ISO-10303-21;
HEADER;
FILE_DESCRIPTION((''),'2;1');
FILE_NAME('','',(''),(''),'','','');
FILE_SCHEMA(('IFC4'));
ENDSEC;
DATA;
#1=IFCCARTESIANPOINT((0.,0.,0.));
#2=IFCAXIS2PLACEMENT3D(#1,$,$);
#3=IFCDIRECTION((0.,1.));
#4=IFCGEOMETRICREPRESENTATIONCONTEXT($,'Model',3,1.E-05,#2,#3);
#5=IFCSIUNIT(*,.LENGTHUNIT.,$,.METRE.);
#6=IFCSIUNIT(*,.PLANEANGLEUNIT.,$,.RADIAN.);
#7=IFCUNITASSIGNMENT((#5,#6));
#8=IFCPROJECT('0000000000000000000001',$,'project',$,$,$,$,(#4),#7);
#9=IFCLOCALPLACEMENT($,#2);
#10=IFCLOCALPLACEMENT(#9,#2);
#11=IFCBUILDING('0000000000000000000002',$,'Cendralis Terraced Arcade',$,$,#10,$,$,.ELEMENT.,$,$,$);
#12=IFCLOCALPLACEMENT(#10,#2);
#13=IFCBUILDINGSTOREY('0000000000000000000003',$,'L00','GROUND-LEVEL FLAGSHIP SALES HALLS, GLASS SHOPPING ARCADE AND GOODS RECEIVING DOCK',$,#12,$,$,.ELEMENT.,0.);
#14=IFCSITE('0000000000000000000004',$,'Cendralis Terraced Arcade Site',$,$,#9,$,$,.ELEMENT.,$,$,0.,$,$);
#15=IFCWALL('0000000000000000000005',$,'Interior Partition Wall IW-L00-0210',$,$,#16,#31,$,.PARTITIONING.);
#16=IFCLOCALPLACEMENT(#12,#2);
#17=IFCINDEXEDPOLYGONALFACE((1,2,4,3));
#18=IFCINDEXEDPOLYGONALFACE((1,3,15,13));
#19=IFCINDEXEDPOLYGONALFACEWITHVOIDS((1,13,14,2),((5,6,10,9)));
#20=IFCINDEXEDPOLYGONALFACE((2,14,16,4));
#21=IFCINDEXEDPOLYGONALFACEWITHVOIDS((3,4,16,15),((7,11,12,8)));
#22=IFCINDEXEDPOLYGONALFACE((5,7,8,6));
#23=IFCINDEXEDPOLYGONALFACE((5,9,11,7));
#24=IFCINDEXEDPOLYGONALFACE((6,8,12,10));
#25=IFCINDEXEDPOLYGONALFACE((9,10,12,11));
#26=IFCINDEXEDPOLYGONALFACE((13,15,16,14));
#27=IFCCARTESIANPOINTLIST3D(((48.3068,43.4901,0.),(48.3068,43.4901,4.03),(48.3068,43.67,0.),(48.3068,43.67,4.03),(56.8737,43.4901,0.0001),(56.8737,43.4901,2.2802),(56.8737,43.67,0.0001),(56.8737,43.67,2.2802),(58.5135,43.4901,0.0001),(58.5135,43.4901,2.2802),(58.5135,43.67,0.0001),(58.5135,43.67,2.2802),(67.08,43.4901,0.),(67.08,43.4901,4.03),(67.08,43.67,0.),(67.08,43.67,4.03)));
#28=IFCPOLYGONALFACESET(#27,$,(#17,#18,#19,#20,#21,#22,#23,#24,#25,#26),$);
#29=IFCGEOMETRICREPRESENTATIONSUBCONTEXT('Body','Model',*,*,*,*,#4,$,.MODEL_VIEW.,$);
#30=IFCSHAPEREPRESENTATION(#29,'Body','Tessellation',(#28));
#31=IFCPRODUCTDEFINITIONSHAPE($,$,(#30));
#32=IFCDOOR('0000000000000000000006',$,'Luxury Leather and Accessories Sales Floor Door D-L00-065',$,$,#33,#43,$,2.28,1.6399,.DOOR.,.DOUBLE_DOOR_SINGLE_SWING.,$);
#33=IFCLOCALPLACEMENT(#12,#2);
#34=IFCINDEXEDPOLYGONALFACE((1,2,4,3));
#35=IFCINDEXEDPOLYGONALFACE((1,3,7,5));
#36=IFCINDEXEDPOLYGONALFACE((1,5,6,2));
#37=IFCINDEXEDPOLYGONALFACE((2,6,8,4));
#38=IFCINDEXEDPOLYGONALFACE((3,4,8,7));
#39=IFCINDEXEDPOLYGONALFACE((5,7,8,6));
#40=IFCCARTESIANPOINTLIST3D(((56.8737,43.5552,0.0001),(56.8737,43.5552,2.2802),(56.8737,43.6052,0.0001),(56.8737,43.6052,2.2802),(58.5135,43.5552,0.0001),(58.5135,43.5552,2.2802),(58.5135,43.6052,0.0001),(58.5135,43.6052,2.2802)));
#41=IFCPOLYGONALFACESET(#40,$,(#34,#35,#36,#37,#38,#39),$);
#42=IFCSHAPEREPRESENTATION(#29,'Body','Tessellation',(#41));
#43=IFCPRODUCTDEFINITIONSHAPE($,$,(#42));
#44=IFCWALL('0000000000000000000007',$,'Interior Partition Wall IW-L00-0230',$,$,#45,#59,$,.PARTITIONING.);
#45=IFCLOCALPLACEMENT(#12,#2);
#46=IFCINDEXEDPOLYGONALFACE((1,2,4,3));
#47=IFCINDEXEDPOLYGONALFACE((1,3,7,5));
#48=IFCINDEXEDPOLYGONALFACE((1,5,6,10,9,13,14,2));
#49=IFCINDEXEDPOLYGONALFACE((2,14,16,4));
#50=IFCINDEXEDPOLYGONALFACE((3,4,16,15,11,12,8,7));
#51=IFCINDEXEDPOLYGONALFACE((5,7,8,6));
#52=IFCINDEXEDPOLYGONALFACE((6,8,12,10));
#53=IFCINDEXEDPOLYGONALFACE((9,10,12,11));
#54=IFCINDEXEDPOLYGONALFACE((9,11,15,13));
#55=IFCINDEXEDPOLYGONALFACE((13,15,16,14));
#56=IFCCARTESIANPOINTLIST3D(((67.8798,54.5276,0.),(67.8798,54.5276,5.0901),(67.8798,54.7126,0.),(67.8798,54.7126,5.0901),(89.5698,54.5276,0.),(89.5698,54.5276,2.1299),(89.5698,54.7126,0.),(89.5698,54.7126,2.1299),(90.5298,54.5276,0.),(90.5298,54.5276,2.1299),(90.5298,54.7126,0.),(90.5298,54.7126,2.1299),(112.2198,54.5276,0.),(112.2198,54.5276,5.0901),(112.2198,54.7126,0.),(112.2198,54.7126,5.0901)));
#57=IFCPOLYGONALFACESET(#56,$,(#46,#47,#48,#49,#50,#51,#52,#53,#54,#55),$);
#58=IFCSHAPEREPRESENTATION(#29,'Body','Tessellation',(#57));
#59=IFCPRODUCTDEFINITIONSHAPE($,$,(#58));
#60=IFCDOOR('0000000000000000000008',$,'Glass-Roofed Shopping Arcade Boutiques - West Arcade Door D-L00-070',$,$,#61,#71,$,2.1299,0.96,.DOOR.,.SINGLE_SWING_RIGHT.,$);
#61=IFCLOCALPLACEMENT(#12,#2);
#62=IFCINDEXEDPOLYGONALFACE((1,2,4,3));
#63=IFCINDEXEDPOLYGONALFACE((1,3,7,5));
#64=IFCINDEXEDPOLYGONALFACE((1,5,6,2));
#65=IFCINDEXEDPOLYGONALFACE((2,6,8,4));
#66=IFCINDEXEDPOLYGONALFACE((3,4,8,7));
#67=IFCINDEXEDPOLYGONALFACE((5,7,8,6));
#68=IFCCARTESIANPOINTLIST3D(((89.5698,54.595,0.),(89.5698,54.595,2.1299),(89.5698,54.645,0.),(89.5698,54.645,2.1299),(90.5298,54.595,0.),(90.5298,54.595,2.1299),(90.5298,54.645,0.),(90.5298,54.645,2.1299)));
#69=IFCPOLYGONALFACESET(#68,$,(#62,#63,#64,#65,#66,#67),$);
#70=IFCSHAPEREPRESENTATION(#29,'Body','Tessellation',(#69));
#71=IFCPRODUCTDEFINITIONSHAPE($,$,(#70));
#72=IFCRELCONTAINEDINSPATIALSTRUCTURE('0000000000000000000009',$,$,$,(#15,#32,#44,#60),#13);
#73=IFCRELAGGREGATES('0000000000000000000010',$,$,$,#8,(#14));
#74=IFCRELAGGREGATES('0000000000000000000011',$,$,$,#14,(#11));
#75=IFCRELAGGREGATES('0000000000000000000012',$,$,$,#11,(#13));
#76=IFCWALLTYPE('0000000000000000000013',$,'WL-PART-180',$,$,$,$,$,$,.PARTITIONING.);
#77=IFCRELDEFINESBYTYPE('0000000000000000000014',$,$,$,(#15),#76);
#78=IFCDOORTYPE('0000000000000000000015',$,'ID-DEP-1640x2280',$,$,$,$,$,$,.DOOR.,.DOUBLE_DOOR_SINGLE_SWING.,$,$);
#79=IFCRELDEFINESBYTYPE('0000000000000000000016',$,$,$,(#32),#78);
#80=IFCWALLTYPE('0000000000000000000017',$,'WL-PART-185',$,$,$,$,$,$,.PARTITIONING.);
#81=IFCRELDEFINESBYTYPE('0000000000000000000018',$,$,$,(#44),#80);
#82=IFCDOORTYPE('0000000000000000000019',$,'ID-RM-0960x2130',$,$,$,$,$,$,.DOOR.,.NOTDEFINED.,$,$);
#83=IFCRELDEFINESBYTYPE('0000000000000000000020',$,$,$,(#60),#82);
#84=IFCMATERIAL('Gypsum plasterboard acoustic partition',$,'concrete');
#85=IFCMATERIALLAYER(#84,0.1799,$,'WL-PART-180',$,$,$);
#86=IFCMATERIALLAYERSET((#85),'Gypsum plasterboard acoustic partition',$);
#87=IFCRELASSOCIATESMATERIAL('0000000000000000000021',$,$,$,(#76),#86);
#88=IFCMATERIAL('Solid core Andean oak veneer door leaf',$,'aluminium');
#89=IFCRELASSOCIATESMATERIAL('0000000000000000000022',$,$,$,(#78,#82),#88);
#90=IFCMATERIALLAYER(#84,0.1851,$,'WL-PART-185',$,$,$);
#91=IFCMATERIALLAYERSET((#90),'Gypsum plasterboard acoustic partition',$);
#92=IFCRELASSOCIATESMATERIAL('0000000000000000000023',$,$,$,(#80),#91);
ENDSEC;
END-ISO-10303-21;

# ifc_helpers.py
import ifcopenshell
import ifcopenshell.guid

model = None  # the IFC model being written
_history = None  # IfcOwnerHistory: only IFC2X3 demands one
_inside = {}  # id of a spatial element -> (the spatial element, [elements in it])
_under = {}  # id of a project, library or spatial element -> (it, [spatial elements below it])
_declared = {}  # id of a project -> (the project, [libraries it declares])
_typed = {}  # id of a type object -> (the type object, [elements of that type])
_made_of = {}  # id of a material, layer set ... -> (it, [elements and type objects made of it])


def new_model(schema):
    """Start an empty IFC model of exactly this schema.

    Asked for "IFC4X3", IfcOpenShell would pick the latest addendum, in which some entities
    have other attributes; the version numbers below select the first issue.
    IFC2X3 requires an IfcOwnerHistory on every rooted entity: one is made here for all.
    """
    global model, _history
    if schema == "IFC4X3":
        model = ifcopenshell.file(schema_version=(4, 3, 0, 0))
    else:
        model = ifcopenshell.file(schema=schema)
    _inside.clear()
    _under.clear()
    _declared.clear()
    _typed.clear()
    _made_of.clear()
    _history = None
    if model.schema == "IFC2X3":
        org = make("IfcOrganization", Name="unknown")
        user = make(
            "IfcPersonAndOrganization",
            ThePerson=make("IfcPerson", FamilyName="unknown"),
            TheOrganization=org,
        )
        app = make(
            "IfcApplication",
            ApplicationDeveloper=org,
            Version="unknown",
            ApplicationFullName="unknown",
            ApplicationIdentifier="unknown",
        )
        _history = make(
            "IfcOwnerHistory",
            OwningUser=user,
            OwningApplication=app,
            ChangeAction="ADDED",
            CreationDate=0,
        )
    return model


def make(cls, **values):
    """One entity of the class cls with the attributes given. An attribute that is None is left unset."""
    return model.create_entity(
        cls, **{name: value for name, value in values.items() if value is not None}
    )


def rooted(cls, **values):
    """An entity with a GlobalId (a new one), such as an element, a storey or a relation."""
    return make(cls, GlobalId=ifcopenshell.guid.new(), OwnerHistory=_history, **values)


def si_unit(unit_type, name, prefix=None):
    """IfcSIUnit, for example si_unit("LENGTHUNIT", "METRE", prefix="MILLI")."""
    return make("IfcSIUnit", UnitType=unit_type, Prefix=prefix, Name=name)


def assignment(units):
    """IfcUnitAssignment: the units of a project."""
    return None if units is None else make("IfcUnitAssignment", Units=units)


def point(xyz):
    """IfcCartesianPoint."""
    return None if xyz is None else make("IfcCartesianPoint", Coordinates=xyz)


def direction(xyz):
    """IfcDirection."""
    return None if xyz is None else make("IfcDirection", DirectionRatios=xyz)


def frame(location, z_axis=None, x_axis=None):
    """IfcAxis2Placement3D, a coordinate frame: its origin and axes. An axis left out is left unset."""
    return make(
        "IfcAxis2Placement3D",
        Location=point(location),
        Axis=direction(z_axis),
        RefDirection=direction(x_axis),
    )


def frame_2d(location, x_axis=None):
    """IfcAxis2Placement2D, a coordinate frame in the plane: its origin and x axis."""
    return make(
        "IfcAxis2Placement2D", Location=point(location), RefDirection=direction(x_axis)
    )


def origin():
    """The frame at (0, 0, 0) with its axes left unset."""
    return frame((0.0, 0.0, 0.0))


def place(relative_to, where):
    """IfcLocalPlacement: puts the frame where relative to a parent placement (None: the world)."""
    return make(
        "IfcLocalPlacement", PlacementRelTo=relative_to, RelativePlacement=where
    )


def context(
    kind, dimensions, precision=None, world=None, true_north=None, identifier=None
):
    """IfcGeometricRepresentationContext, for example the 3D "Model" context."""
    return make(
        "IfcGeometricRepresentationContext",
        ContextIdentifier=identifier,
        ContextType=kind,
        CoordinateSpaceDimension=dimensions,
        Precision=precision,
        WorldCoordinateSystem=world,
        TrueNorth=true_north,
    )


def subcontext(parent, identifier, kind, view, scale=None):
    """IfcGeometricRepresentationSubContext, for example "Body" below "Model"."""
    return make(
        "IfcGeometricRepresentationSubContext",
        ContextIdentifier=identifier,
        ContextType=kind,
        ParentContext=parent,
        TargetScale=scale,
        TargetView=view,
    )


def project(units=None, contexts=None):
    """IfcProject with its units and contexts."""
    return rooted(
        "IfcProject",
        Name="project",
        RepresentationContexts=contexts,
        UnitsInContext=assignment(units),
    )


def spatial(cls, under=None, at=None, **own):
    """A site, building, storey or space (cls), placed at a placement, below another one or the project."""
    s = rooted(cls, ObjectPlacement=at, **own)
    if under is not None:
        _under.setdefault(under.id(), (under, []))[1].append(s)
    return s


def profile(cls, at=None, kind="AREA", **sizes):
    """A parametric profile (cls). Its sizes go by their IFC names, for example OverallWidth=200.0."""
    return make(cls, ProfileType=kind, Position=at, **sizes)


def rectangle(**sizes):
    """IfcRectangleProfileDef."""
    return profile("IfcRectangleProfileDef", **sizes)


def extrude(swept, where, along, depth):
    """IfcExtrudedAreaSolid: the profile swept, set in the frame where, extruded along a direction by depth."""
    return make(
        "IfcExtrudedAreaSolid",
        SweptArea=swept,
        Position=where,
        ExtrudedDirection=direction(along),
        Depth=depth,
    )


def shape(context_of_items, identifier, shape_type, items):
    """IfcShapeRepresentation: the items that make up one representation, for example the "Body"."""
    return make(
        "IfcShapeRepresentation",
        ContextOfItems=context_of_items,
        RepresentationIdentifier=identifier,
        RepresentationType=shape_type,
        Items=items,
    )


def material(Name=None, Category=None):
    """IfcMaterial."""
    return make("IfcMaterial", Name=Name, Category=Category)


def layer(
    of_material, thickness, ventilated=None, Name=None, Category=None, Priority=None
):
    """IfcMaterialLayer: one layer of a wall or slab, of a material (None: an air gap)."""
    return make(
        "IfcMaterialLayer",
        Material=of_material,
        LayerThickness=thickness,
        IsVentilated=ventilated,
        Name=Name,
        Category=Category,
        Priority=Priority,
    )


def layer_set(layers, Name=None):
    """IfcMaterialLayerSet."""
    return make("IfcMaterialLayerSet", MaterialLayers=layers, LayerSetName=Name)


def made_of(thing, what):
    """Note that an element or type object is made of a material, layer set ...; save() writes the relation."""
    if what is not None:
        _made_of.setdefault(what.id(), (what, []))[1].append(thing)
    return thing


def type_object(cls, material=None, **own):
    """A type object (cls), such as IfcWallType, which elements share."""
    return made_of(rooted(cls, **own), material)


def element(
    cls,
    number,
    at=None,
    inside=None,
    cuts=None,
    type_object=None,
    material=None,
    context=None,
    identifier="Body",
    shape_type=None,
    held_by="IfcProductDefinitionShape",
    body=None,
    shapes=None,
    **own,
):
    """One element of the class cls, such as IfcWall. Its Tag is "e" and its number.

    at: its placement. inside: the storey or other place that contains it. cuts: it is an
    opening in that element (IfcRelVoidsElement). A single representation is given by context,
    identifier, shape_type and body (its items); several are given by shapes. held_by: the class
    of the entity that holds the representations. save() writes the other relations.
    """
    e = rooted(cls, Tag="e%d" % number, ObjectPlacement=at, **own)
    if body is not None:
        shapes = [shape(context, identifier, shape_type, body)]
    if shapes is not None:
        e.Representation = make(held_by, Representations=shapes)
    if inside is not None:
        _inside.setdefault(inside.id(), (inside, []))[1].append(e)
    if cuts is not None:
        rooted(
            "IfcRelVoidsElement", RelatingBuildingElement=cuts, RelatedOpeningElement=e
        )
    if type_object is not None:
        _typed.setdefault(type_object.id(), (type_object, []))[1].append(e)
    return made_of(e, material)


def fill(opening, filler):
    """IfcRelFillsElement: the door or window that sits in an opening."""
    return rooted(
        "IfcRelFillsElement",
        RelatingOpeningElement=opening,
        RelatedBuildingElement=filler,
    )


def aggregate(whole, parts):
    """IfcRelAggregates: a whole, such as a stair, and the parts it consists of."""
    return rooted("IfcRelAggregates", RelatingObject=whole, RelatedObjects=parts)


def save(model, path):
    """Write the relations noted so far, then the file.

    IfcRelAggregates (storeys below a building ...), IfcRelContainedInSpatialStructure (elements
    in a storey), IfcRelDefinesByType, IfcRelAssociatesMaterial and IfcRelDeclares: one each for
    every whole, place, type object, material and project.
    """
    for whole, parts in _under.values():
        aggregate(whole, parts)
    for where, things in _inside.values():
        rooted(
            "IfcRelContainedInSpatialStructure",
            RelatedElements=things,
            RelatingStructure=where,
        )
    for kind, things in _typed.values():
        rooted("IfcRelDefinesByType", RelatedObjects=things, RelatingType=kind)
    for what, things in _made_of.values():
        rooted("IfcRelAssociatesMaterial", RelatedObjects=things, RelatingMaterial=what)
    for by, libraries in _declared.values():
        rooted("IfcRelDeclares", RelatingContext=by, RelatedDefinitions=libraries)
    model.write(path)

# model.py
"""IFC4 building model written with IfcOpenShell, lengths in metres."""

from ifc_helpers import new_model, si_unit, direction, frame, frame_2d, origin, place, context, subcontext, project, spatial, rectangle, extrude, material, layer, layer_set, type_object, element, fill, save


model = new_model("IFC4")

# Units and contexts
model_context = context("Model", 3, precision=1e-05, world=origin(), true_north=direction((0.0, 1.0)))
body_context = subcontext(model_context, "Body", "Model", "MODEL_VIEW")
ifc_project = project(units=[si_unit("LENGTHUNIT", "METRE"), si_unit("PLANEANGLEUNIT", "RADIAN")], contexts=[model_context])

# Site, building, storey
site_placement = place(None, origin())
site = spatial("IfcSite", under=ifc_project, at=site_placement, Name="Cendralis Terraced Arcade Site", CompositionType="ELEMENT", RefElevation=0.0)
building_placement = place(site_placement, origin())
building = spatial("IfcBuilding", under=site, at=building_placement, Name="Cendralis Terraced Arcade", CompositionType="ELEMENT")
storey_placement = place(building_placement, origin())
storey = spatial("IfcBuildingStorey", under=building, at=storey_placement, Name="L00", Description="GROUND-LEVEL FLAGSHIP SALES HALLS, GLASS SHOPPING ARCADE AND GOODS RECEIVING DOCK", CompositionType="ELEMENT", Elevation=0.0)

# Shared definitions
ifc_material_1 = material(Name="Gypsum plasterboard acoustic partition", Category="concrete")

# Walls, openings, doors
ifc_layer_1 = layer(ifc_material_1, 0.1799, Name="WL-PART-180")
ifc_layer_set_1 = layer_set([ifc_layer_1], Name="Gypsum plasterboard acoustic partition")
wall_type_1 = type_object("IfcWallType", Name="WL-PART-180", PredefinedType="PARTITIONING", material=ifc_layer_set_1)
wall_1_placement = place(storey_placement, frame((67.0801, 43.5801, 0.0), z_axis=(0.0, 0.0, 1.0), x_axis=(-1.0, 0.0, 0.0)))
wall_1 = element("IfcWall", 1, at=wall_1_placement, inside=storey, type_object=wall_type_1, Name="Interior Partition Wall IW-L00-0210", PredefinedType="PARTITIONING", context=body_context, shape_type="SweptSolid", body=[
    extrude(rectangle(XDim=18.7732, YDim=0.1799, at=frame_2d((9.3867, 0.0))), origin(), (0.0, 0.0, 1.0), 4.03),
])
opening_1_placement = place(wall_1_placement, frame((8.5667, 0.0, 0.0)))
opening_1 = element("IfcOpeningElement", 2, at=opening_1_placement, cuts=wall_1, PredefinedType="OPENING", context=body_context, shape_type="SweptSolid", body=[
    extrude(rectangle(XDim=1.6399, YDim=2.28, at=frame_2d((0.8198, 1.1401))), frame((0.0, 0.1021, 0.0), z_axis=(0.0, -1.0, 0.0), x_axis=(1.0, 0.0, 0.0)), (0.0, 0.0, 1.0), 0.2039),
])
ifc_material_2 = material(Name="Solid core Andean oak veneer door leaf", Category="aluminium")
door_type_1 = type_object("IfcDoorType", Name="ID-DEP-1640x2280", OperationType="DOUBLE_DOOR_SINGLE_SWING", PredefinedType="DOOR", material=ifc_material_2)
door_1_placement = place(opening_1_placement, origin())
door_1 = element("IfcDoor", 3, at=door_1_placement, inside=storey, type_object=door_type_1, Name="Luxury Leather and Accessories Sales Floor Door D-L00-065", OperationType="DOUBLE_DOOR_SINGLE_SWING", OverallHeight=2.28, OverallWidth=1.6399, PredefinedType="DOOR", context=body_context, shape_type="SweptSolid", body=[
    extrude(rectangle(XDim=1.6399, YDim=2.28, at=frame_2d((0.8198, 1.1401))), frame((0.0, 0.0249, 0.0), z_axis=(0.0, -1.0, 0.0), x_axis=(1.0, 0.0, 0.0)), (0.0, 0.0, 1.0), 0.05),
])
fill(opening_1, door_1)
ifc_layer_2 = layer(ifc_material_1, 0.1851, Name="WL-PART-185")
ifc_layer_set_2 = layer_set([ifc_layer_2], Name="Gypsum plasterboard acoustic partition")
wall_type_2 = type_object("IfcWallType", Name="WL-PART-185", PredefinedType="PARTITIONING", material=ifc_layer_set_2)
wall_2_placement = place(storey_placement, frame((67.8799, 54.6201, 0.0), z_axis=(0.0, 0.0, 1.0), x_axis=(1.0, 0.0, 0.0)))
wall_2 = element("IfcWall", 4, at=wall_2_placement, inside=storey, type_object=wall_type_2, Name="Interior Partition Wall IW-L00-0230", PredefinedType="PARTITIONING", context=body_context, shape_type="SweptSolid", body=[
    extrude(rectangle(XDim=44.3401, YDim=0.1851, at=frame_2d((22.1699, 0.0))), origin(), (0.0, 0.0, 1.0), 5.0901),
])
opening_2_placement = place(wall_2_placement, frame((21.6899, 0.0, 0.0)))
opening_2 = element("IfcOpeningElement", 5, at=opening_2_placement, cuts=wall_2, PredefinedType="OPENING", context=body_context, shape_type="SweptSolid", body=[
    extrude(rectangle(XDim=0.96, YDim=2.1299, at=frame_2d((0.48, 1.0649))), frame((0.0, 0.1045, 0.0), z_axis=(0.0, -1.0, 0.0), x_axis=(1.0, 0.0, 0.0)), (0.0, 0.0, 1.0), 0.209),
])
door_type_2 = type_object("IfcDoorType", Name="ID-RM-0960x2130", OperationType="NOTDEFINED", PredefinedType="DOOR", material=ifc_material_2)
door_2_placement = place(opening_2_placement, origin())
door_2 = element("IfcDoor", 6, at=door_2_placement, inside=storey, type_object=door_type_2, Name="Glass-Roofed Shopping Arcade Boutiques - West Arcade Door D-L00-070", OperationType="SINGLE_SWING_RIGHT", OverallHeight=2.1299, OverallWidth=0.96, PredefinedType="DOOR", context=body_context, shape_type="SweptSolid", body=[
    extrude(rectangle(XDim=0.96, YDim=2.1299, at=frame_2d((0.48, 1.0649))), frame((0.0, 0.0249, 0.0), z_axis=(0.0, -1.0, 0.0), x_axis=(1.0, 0.0, 0.0)), (0.0, 0.0, 1.0), 0.05),
])
fill(opening_2, door_2)

save(model, "model.ifc")
